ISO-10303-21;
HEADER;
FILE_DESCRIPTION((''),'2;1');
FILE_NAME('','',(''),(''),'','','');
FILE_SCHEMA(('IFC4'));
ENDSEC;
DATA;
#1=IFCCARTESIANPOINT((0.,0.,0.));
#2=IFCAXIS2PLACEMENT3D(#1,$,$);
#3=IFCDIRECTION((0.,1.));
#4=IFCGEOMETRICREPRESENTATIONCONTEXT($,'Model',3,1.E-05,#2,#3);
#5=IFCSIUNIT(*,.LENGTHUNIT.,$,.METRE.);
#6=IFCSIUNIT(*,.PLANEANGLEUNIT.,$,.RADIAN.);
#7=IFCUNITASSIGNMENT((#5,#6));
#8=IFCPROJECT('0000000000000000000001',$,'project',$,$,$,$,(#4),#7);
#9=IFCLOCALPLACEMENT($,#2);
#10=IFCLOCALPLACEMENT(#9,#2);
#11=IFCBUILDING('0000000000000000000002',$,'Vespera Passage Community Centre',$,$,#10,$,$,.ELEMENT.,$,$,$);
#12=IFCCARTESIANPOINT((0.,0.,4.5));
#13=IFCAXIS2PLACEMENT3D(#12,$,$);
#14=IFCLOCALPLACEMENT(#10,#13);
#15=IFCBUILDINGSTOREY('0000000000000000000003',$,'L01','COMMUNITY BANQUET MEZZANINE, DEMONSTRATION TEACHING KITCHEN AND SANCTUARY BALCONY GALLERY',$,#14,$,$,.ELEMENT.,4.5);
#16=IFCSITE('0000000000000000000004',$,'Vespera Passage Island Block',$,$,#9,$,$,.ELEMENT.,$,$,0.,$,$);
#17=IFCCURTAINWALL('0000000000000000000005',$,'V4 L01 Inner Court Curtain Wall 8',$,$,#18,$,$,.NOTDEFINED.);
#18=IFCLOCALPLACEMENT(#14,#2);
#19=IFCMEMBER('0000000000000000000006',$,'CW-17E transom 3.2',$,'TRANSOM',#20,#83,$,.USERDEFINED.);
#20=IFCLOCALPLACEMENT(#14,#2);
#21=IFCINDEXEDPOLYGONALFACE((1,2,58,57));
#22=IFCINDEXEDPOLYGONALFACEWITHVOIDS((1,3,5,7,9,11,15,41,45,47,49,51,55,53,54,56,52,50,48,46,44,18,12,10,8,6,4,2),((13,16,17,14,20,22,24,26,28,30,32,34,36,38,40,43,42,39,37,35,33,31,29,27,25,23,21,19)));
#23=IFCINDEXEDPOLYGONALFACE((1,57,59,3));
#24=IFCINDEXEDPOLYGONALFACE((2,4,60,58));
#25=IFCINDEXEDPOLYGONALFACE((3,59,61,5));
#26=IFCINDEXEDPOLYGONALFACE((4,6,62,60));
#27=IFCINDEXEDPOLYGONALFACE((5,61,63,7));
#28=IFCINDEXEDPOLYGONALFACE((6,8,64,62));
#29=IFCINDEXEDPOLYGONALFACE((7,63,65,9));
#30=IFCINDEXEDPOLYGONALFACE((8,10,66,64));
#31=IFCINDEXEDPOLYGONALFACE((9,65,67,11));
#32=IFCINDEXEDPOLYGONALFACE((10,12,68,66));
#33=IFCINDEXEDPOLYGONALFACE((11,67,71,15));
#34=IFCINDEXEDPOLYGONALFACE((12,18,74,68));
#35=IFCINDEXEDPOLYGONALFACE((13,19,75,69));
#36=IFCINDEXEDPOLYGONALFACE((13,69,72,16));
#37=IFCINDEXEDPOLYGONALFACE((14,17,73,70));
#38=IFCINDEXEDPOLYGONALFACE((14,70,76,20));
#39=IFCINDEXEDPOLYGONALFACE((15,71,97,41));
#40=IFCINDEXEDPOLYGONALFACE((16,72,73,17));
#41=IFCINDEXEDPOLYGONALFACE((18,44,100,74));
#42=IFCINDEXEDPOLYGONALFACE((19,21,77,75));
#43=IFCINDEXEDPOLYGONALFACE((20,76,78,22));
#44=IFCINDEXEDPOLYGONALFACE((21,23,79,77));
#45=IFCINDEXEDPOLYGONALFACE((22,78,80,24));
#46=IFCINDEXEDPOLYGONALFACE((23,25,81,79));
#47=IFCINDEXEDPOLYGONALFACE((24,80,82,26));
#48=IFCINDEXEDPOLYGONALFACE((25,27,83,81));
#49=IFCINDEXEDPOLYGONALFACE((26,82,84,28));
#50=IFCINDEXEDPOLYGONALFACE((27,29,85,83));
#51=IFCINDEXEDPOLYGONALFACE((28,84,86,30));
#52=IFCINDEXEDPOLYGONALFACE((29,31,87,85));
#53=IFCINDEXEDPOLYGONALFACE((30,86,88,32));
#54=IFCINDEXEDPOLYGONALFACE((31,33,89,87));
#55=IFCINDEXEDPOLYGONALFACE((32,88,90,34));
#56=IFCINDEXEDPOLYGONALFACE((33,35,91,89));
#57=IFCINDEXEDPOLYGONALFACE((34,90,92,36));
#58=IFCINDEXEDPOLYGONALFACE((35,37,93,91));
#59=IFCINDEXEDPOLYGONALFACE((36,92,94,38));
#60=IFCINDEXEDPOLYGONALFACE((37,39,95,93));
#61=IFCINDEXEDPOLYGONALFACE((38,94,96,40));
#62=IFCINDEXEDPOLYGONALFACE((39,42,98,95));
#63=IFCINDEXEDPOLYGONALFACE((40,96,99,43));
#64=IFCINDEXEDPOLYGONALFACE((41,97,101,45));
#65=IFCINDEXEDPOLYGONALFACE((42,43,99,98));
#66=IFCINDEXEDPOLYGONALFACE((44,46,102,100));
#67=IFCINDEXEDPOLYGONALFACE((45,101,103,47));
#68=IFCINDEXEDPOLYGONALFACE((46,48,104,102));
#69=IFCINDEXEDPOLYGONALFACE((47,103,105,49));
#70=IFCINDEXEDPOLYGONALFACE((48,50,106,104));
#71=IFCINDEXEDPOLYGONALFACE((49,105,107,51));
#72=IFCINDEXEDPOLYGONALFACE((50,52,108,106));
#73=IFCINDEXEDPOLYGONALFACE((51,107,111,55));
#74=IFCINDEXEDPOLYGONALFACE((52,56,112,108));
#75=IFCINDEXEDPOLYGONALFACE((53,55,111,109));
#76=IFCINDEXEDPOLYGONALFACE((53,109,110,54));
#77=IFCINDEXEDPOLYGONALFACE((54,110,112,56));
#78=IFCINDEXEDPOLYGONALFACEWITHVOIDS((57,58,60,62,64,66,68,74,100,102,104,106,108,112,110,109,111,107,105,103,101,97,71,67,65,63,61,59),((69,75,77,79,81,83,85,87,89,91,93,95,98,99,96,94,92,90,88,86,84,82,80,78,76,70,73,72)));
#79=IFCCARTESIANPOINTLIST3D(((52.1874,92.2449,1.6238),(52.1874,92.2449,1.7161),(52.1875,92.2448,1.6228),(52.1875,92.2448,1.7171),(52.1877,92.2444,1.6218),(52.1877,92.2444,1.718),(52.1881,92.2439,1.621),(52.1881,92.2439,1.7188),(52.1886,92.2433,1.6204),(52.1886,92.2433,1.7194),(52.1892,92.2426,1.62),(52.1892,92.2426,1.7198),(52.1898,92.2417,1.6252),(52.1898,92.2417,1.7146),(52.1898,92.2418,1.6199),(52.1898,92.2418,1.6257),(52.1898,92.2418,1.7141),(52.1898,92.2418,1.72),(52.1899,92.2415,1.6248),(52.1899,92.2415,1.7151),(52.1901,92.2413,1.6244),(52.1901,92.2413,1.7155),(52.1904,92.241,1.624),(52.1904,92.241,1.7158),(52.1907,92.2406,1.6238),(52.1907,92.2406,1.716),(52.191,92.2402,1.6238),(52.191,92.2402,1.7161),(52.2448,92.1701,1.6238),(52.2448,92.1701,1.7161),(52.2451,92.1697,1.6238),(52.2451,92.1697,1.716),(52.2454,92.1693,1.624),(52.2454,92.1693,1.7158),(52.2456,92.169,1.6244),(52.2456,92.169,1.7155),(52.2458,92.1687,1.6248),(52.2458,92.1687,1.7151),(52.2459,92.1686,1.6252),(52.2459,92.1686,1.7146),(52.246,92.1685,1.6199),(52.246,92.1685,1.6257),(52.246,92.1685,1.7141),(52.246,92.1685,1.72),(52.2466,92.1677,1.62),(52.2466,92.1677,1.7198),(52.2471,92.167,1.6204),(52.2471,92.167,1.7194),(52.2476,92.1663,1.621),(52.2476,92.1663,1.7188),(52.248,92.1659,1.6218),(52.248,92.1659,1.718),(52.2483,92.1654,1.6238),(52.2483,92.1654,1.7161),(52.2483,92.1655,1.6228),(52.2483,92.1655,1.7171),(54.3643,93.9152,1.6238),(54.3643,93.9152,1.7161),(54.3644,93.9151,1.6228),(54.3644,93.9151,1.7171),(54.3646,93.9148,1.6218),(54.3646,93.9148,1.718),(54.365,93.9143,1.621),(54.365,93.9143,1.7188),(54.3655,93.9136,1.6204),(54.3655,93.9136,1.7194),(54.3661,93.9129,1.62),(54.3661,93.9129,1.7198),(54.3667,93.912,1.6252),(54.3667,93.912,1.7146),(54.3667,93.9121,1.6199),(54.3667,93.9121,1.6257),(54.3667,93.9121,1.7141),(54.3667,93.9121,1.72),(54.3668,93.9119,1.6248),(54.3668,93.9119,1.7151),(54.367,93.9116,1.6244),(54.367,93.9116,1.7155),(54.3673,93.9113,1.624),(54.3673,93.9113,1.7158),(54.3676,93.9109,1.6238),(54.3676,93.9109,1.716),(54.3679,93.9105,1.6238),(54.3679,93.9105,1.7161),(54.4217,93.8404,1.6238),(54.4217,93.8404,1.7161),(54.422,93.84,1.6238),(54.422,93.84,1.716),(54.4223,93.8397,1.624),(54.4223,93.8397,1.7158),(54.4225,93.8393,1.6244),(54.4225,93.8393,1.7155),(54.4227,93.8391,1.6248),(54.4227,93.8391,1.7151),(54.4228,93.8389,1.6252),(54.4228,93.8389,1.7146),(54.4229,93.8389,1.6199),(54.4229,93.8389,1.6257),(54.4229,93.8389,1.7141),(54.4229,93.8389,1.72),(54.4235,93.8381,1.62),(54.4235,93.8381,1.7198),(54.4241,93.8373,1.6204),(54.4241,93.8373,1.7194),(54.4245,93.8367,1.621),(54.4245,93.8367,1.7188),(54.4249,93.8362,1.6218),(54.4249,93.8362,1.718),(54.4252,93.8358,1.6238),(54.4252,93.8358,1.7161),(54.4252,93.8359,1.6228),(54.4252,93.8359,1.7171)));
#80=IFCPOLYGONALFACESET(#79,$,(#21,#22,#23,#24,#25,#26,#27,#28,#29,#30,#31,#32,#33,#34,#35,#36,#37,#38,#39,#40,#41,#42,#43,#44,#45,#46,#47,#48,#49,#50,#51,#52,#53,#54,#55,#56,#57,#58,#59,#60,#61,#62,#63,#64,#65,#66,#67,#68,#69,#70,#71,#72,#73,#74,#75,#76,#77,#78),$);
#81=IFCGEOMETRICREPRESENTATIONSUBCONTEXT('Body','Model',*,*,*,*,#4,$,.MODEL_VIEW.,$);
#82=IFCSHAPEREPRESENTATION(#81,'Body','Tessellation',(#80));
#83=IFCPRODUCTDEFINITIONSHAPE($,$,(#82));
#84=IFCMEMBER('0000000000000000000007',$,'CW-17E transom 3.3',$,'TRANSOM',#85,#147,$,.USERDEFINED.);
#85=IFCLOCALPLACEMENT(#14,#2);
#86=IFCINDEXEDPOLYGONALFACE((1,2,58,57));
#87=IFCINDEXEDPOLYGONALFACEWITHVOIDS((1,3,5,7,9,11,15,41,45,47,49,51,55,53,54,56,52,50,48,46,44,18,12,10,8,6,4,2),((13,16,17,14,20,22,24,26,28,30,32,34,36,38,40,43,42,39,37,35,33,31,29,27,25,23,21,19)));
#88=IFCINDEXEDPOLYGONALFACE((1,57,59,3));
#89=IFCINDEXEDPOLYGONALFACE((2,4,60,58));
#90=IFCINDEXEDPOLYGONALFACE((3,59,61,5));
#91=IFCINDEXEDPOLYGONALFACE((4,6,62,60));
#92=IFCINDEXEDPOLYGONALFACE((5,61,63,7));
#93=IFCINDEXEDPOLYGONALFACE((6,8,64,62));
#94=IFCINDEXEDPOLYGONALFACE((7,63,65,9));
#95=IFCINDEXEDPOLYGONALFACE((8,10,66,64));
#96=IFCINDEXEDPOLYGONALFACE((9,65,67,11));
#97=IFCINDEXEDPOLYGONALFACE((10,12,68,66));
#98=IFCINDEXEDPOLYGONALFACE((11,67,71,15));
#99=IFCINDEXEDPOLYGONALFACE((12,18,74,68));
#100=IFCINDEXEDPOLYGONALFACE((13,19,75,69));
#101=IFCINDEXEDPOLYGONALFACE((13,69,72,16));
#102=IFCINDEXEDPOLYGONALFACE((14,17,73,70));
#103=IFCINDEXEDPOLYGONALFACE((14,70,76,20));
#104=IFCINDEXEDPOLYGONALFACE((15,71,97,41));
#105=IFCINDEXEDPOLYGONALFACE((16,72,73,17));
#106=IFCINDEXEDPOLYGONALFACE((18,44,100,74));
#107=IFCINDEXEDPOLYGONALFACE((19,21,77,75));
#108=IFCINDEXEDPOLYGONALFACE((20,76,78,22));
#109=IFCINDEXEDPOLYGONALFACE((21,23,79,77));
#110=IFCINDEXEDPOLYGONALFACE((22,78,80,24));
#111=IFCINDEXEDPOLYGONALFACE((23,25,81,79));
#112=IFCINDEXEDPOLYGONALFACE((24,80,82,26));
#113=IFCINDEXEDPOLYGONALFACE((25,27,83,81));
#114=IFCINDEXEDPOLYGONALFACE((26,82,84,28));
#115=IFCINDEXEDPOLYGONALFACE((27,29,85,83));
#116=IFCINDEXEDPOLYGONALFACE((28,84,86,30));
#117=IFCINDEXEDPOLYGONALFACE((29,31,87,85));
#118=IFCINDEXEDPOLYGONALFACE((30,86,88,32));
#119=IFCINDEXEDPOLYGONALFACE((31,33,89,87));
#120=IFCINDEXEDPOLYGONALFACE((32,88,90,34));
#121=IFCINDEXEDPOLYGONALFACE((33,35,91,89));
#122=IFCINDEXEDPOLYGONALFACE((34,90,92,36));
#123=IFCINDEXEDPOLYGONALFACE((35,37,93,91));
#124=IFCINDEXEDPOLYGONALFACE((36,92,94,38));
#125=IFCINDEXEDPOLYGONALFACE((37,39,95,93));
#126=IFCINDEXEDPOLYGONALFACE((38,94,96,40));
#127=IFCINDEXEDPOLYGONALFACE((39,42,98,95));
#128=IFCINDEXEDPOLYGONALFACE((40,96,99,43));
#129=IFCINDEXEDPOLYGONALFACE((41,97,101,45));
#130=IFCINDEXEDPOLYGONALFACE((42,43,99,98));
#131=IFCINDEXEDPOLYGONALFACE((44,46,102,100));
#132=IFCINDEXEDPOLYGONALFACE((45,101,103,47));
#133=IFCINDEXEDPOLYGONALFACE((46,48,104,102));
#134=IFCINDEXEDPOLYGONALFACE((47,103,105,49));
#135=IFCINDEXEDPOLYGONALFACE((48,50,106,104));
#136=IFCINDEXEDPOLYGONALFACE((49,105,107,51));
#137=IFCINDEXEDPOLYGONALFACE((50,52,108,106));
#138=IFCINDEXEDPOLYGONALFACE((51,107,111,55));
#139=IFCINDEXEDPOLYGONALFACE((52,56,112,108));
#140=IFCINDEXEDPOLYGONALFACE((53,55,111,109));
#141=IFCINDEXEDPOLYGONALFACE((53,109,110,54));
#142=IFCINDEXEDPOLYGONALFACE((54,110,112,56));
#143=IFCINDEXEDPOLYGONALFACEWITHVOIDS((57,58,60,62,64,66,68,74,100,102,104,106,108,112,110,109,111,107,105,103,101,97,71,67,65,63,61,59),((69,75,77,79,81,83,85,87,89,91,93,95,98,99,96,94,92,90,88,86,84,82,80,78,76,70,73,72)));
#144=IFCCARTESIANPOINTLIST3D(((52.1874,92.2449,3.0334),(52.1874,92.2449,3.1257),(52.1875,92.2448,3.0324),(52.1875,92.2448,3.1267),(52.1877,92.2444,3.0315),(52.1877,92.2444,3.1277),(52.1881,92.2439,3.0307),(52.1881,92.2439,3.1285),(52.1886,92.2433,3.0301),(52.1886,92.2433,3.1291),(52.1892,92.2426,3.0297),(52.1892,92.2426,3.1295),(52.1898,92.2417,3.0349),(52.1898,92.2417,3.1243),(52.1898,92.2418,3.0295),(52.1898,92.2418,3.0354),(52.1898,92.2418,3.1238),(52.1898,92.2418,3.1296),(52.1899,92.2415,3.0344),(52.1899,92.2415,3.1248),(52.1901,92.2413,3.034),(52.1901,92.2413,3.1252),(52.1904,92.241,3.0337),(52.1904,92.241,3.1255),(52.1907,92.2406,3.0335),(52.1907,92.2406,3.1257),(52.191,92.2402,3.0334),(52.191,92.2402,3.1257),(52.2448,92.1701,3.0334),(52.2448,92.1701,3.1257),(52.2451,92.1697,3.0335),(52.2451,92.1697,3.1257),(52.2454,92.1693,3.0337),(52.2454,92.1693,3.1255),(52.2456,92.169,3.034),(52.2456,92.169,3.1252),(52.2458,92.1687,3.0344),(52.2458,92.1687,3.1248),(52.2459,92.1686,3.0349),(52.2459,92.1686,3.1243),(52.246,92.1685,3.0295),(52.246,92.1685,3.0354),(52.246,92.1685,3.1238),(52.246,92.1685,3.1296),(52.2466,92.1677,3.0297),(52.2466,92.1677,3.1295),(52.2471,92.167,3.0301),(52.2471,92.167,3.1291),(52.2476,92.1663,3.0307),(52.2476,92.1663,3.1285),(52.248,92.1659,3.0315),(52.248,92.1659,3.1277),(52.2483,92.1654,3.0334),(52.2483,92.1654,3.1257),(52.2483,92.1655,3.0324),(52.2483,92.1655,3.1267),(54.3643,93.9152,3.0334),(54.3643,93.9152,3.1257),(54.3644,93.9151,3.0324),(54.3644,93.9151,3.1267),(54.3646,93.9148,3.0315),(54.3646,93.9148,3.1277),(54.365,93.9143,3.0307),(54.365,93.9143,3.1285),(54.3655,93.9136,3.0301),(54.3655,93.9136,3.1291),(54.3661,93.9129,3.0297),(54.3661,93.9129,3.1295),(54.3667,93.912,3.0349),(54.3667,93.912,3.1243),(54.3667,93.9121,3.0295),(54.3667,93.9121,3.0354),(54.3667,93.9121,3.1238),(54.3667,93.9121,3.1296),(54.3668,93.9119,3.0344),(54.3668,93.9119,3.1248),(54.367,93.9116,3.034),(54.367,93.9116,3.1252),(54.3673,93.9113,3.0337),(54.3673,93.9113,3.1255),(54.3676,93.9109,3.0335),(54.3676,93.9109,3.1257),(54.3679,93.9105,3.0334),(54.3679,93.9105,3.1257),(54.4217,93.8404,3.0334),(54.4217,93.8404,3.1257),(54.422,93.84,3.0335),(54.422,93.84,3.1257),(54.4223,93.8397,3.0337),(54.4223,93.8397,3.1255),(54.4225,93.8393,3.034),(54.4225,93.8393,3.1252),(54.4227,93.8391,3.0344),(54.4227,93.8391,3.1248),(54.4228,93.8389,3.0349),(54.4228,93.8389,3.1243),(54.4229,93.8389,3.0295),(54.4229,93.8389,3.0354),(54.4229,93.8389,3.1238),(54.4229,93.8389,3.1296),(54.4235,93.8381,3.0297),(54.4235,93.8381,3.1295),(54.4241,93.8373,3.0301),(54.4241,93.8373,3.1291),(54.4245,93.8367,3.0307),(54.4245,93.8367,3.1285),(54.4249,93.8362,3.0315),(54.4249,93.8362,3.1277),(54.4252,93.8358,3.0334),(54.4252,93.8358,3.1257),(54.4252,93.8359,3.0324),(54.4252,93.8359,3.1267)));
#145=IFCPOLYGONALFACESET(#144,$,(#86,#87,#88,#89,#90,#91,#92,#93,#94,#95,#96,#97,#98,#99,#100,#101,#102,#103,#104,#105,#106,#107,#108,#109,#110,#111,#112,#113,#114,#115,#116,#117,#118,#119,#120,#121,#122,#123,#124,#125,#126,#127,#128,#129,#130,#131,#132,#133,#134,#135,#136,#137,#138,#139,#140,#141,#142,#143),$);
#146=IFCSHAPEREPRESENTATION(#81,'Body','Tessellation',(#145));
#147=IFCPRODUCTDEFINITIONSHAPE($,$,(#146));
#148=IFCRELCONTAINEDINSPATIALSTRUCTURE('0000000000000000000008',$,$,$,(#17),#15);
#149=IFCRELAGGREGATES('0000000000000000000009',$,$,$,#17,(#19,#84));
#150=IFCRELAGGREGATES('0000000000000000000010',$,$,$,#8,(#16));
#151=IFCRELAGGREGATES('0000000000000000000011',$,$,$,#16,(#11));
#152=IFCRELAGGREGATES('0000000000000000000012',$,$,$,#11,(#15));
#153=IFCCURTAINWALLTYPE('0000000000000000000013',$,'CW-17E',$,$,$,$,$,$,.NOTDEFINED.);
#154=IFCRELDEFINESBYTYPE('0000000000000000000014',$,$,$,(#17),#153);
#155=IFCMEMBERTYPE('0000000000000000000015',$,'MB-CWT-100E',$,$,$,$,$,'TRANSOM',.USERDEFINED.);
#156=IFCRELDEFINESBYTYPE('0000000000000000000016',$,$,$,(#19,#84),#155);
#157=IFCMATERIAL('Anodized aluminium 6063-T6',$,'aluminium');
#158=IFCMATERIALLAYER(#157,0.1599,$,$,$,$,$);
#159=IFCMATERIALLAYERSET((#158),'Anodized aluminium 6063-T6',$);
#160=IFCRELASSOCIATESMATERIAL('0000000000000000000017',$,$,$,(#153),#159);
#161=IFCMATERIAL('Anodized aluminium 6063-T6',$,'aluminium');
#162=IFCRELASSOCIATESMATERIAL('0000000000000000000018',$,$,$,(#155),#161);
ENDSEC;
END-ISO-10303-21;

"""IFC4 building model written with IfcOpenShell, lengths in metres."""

from ifc_helpers import new_model, si_unit, direction, frame, origin, origin_2d, place, context, subcontext, project, spatial, hollow_rectangle, extrude, material, layer, layer_set, material_profile, profile_set, type_object, element, aggregate, save


model = new_model("IFC4")

# Units and contexts
model_context = context("Model", 3, precision=1e-05, world=origin(), true_north=direction((0.0, 1.0)))
body_context = subcontext(model_context, "Body", "Model", "MODEL_VIEW")
ifc_project = project(units=[si_unit("LENGTHUNIT", "METRE"), si_unit("PLANEANGLEUNIT", "RADIAN")], contexts=[model_context])

# Site, building, storey
site_placement = place(None, origin())
site = spatial("IfcSite", under=ifc_project, at=site_placement, Name="Vespera Passage Island Block", CompositionType="ELEMENT", RefElevation=0.0)
building_placement = place(site_placement, origin())
building = spatial("IfcBuilding", under=site, at=building_placement, Name="Vespera Passage Community Centre", CompositionType="ELEMENT")
storey_placement = place(building_placement, frame((0.0, 0.0, 4.5)))
storey = spatial("IfcBuildingStorey", under=building, at=storey_placement, Name="L01", Description="COMMUNITY BANQUET MEZZANINE, DEMONSTRATION TEACHING KITCHEN AND SANCTUARY BALCONY GALLERY", CompositionType="ELEMENT", Elevation=4.5)

# Curtain wall
ifc_material_1 = material(Name="Anodized aluminium 6063-T6", Category="aluminium")
ifc_layer_1 = layer(ifc_material_1, 0.1599)
ifc_layer_set_1 = layer_set([ifc_layer_1], Name="Anodized aluminium 6063-T6")
curtain_wall_type_1 = type_object("IfcCurtainWallType", Name="CW-17E", PredefinedType="NOTDEFINED", material=ifc_layer_set_1)
curtain_wall_1_placement = place(storey_placement, origin())
curtain_wall_1 = element("IfcCurtainWall", 1, at=curtain_wall_1_placement, inside=storey, type_object=curtain_wall_type_1, Name="V4 L01 Inner Court Curtain Wall 8", PredefinedType="NOTDEFINED")

# Members
ifc_material_2 = material(Name="Anodized aluminium 6063-T6", Category="aluminium")
ifc_material_profile_1 = material_profile(ifc_material_2, hollow_rectangle(XDim=0.1001, YDim=0.1001, WallThickness=0.0039, InnerFilletRadius=0.002, OuterFilletRadius=0.0039, at=origin_2d()), Name="ALU100X100X4")
ifc_profile_set_1 = profile_set([ifc_material_profile_1], Name="Anodized aluminium 6063-T6")
member_type_1 = type_object("IfcMemberType", Name="MB-CWT-100E", ElementType="TRANSOM", PredefinedType="USERDEFINED", material=ifc_profile_set_1)
member_1_placement = place(storey_placement, frame((54.3948, 93.8755, 1.6699), z_axis=(-0.793364, -0.608747, 0.0), x_axis=(0.608747, -0.793364, 0.0)))
member_1 = element("IfcMember", 2, at=member_1_placement, type_object=member_type_1, Name="CW-17E transom 3.2", ObjectType="TRANSOM", PredefinedType="USERDEFINED", context=body_context, shape_type="SweptSolid", body=[
    extrude(hollow_rectangle(XDim=0.1001, YDim=0.1001, WallThickness=0.0039, InnerFilletRadius=0.002, OuterFilletRadius=0.0039, at=origin_2d()), origin(), (0.0, 0.0, 1.0), 2.7439),
])
member_2_placement = place(storey_placement, frame((54.3948, 93.8755, 3.0796), z_axis=(-0.793364, -0.608747, 0.0), x_axis=(0.608747, -0.793364, 0.0)))
member_2 = element("IfcMember", 3, at=member_2_placement, type_object=member_type_1, Name="CW-17E transom 3.3", ObjectType="TRANSOM", PredefinedType="USERDEFINED", context=body_context, shape_type="SweptSolid", body=[
    extrude(hollow_rectangle(XDim=0.1001, YDim=0.1001, WallThickness=0.0039, InnerFilletRadius=0.002, OuterFilletRadius=0.0039, at=origin_2d()), origin(), (0.0, 0.0, 1.0), 2.7439),
])

aggregate(curtain_wall_1, [member_1, member_2])

save(model, "model.ifc")
